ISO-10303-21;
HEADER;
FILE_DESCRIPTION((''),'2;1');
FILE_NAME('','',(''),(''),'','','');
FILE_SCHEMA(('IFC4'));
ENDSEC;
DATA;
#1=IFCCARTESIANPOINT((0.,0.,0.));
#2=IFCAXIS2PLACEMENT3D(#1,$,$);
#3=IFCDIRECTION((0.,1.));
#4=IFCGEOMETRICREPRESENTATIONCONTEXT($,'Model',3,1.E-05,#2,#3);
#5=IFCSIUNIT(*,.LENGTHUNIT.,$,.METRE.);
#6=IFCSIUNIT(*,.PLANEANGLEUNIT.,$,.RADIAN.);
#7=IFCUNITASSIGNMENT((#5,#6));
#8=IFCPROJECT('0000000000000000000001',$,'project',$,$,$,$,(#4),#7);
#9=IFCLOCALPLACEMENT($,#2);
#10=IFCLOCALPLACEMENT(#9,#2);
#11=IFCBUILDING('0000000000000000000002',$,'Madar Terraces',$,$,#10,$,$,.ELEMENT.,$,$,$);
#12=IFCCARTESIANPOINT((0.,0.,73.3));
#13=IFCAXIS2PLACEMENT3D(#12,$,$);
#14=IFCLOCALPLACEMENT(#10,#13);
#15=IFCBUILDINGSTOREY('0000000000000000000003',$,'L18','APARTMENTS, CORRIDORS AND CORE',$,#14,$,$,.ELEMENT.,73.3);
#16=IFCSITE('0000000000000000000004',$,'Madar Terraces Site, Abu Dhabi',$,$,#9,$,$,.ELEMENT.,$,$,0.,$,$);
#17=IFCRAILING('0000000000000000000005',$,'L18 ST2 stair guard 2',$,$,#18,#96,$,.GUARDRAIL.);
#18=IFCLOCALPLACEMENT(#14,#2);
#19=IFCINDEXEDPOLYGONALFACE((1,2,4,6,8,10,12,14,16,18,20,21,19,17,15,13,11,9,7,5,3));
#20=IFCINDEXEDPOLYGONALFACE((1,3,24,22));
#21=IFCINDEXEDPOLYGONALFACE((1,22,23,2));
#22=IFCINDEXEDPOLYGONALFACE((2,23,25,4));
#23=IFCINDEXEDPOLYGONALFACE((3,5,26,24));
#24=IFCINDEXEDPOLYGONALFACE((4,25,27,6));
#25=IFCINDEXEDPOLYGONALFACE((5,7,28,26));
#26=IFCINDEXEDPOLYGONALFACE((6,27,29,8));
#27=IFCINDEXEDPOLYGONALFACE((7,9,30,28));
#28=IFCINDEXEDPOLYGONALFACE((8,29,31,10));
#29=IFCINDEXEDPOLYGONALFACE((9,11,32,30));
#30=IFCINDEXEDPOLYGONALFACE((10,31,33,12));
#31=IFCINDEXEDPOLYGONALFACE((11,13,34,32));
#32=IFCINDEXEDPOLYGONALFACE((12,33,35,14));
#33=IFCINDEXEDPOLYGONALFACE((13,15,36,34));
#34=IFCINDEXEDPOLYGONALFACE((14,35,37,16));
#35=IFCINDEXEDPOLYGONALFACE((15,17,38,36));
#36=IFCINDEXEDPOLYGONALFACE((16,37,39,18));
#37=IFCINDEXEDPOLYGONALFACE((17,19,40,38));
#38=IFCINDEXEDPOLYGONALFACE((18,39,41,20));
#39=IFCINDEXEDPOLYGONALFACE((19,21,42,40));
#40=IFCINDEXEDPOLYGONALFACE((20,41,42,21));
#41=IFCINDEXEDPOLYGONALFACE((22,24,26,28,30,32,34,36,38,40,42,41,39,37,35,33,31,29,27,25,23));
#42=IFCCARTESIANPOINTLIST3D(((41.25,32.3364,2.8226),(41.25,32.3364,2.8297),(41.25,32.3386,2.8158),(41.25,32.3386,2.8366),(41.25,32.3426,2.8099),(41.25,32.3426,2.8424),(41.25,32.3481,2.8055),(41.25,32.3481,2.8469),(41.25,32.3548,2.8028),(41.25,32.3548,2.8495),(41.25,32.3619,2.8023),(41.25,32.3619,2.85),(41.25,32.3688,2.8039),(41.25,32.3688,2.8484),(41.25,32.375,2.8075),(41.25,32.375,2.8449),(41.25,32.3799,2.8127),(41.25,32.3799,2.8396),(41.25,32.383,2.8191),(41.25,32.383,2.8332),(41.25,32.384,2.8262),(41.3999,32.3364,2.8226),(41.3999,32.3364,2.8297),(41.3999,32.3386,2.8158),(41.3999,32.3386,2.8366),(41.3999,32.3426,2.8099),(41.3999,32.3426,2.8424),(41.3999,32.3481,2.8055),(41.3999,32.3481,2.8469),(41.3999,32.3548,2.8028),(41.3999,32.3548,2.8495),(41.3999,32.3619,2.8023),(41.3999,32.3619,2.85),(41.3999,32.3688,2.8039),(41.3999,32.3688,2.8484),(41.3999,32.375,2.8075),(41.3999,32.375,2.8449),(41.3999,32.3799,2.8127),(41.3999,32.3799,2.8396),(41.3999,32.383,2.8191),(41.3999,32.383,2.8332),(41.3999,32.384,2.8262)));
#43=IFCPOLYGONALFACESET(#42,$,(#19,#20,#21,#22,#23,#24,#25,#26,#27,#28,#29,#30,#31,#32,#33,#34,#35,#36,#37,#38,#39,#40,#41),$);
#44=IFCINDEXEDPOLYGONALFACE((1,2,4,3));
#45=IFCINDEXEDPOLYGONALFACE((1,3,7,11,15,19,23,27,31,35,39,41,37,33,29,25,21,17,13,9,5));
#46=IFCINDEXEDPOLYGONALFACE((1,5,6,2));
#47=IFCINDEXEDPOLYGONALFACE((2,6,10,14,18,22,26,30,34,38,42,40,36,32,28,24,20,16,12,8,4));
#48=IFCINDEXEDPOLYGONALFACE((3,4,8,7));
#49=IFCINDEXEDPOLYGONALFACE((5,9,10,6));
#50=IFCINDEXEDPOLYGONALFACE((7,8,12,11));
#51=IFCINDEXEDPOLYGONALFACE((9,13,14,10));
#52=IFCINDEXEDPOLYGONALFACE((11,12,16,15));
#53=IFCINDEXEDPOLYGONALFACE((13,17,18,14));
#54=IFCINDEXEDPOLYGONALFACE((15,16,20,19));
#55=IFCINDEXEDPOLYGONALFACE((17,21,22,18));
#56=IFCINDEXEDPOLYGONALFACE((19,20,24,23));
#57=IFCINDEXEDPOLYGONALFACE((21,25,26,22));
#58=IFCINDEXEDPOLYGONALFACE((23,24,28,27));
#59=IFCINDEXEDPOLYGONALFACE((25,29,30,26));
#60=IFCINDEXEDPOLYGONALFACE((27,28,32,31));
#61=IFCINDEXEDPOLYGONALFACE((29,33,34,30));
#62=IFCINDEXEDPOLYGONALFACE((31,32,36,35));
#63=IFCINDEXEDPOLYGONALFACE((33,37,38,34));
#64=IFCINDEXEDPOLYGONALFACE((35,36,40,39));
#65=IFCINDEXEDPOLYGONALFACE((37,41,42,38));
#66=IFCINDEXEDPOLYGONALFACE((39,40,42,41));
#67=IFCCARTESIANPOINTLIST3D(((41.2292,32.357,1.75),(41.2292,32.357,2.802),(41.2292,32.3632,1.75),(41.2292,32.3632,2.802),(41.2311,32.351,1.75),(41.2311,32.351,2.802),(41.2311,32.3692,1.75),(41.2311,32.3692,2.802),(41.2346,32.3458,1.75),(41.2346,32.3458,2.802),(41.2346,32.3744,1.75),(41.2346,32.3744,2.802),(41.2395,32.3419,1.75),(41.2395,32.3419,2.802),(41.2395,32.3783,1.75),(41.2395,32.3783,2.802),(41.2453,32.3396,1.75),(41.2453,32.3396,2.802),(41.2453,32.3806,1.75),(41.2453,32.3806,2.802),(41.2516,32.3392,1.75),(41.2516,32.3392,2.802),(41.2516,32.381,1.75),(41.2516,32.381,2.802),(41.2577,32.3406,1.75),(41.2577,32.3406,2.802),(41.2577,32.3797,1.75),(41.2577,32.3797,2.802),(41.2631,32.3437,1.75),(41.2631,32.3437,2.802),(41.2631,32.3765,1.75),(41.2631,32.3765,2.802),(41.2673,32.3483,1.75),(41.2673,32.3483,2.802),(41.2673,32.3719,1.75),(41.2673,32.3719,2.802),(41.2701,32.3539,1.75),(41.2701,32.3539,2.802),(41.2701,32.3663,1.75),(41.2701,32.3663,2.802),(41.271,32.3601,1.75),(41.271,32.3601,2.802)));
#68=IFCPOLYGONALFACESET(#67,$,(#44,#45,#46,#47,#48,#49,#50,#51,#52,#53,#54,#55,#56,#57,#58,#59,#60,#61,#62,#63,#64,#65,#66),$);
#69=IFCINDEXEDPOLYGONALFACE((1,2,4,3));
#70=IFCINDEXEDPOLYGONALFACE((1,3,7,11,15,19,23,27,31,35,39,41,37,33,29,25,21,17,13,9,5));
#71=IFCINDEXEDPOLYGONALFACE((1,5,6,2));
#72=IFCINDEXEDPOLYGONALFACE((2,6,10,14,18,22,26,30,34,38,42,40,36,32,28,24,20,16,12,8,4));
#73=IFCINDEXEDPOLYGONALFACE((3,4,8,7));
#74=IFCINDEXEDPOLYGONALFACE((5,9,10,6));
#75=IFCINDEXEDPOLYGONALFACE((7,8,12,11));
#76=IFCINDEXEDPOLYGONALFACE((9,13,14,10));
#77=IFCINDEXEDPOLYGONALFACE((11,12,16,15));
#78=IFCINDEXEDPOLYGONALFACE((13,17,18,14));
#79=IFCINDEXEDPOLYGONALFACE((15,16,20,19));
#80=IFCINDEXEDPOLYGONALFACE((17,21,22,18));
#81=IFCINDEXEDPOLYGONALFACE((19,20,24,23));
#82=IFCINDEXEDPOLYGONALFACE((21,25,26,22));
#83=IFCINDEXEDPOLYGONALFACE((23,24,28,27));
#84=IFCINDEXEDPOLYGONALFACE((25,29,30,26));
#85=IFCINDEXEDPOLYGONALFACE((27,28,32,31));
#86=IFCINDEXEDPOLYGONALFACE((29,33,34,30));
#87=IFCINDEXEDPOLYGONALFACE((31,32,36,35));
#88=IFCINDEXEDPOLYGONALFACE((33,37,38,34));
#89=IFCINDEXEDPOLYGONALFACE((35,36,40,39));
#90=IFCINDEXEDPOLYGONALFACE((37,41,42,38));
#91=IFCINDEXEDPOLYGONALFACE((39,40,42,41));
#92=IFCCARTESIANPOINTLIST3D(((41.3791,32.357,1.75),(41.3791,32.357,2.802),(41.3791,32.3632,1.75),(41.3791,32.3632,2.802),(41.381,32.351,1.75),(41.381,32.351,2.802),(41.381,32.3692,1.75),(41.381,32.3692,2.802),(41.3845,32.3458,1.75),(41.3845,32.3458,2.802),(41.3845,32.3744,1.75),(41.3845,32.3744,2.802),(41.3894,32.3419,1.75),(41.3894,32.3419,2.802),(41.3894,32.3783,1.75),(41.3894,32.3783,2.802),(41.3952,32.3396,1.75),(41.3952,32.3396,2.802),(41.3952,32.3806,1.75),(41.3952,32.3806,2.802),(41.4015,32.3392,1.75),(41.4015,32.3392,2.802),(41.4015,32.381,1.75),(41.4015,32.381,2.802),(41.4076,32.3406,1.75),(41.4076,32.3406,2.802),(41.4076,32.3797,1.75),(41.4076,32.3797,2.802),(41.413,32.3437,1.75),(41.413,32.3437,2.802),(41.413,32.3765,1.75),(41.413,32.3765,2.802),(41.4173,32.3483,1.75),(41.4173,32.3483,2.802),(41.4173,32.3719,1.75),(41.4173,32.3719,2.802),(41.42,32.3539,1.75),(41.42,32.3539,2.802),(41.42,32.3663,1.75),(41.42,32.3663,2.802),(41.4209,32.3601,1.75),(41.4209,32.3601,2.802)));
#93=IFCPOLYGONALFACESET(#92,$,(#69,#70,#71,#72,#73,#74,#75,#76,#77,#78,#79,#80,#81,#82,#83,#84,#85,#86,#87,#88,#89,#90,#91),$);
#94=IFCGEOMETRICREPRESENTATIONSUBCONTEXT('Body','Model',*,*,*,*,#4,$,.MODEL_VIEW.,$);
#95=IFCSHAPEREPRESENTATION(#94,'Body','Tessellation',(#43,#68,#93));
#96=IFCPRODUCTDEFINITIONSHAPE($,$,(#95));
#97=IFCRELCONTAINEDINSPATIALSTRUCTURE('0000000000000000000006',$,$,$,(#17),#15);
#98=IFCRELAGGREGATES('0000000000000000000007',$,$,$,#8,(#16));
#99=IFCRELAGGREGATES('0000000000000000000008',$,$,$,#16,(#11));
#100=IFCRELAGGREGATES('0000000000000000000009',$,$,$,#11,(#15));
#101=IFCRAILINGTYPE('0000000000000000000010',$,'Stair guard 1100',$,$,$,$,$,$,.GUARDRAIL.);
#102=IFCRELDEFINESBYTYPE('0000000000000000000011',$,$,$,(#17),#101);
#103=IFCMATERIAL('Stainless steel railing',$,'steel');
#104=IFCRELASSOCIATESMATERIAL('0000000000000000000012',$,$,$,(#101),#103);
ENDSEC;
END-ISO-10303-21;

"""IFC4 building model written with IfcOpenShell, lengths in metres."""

from ifc_helpers import new_model, si_unit, direction, frame, origin, origin_2d, place, context, subcontext, project, spatial, circle, extrude, material, type_object, element, save


model = new_model("IFC4")

# Units and contexts
model_context = context("Model", 3, precision=1e-05, world=origin(), true_north=direction((0.0, 1.0)))
body_context = subcontext(model_context, "Body", "Model", "MODEL_VIEW")
ifc_project = project(units=[si_unit("LENGTHUNIT", "METRE"), si_unit("PLANEANGLEUNIT", "RADIAN")], contexts=[model_context])

# Site, building, storey
site_placement = place(None, origin())
site = spatial("IfcSite", under=ifc_project, at=site_placement, Name="Madar Terraces Site, Abu Dhabi", CompositionType="ELEMENT", RefElevation=0.0)
building_placement = place(site_placement, origin())
building = spatial("IfcBuilding", under=site, at=building_placement, Name="Madar Terraces", CompositionType="ELEMENT")
storey_placement = place(building_placement, frame((0.0, 0.0, 73.3)))
storey = spatial("IfcBuildingStorey", under=building, at=storey_placement, Name="L18", Description="APARTMENTS, CORRIDORS AND CORE", CompositionType="ELEMENT", Elevation=73.3)

# Railing
ifc_material_1 = material(Name="Stainless steel railing", Category="steel")
railing_type_1 = type_object("IfcRailingType", Name="Stair guard 1100", PredefinedType="GUARDRAIL", material=ifc_material_1)
railing_1_placement = place(storey_placement, frame((41.25, 32.3601, 1.75)))
element("IfcRailing", 1, at=railing_1_placement, inside=storey, type_object=railing_type_1, Name="L18 ST2 stair guard 2", PredefinedType="GUARDRAIL", context=body_context, shape_type="SweptSolid", body=[
    extrude(circle(Radius=0.0239, at=origin_2d()), frame((0.0, 0.0, 1.0762), z_axis=(1.0, 0.0, 0.0), x_axis=(0.0, 1.0, 0.0)), (0.0, 0.0, 1.0), 0.1499),
    extrude(circle(Radius=0.021, at=origin_2d()), origin(), (0.0, 0.0, 1.0), 1.052),
    extrude(circle(Radius=0.021, at=origin_2d()), frame((0.1499, 0.0, 0.0)), (0.0, 0.0, 1.0), 1.052),
])

save(model, "model.ifc")
